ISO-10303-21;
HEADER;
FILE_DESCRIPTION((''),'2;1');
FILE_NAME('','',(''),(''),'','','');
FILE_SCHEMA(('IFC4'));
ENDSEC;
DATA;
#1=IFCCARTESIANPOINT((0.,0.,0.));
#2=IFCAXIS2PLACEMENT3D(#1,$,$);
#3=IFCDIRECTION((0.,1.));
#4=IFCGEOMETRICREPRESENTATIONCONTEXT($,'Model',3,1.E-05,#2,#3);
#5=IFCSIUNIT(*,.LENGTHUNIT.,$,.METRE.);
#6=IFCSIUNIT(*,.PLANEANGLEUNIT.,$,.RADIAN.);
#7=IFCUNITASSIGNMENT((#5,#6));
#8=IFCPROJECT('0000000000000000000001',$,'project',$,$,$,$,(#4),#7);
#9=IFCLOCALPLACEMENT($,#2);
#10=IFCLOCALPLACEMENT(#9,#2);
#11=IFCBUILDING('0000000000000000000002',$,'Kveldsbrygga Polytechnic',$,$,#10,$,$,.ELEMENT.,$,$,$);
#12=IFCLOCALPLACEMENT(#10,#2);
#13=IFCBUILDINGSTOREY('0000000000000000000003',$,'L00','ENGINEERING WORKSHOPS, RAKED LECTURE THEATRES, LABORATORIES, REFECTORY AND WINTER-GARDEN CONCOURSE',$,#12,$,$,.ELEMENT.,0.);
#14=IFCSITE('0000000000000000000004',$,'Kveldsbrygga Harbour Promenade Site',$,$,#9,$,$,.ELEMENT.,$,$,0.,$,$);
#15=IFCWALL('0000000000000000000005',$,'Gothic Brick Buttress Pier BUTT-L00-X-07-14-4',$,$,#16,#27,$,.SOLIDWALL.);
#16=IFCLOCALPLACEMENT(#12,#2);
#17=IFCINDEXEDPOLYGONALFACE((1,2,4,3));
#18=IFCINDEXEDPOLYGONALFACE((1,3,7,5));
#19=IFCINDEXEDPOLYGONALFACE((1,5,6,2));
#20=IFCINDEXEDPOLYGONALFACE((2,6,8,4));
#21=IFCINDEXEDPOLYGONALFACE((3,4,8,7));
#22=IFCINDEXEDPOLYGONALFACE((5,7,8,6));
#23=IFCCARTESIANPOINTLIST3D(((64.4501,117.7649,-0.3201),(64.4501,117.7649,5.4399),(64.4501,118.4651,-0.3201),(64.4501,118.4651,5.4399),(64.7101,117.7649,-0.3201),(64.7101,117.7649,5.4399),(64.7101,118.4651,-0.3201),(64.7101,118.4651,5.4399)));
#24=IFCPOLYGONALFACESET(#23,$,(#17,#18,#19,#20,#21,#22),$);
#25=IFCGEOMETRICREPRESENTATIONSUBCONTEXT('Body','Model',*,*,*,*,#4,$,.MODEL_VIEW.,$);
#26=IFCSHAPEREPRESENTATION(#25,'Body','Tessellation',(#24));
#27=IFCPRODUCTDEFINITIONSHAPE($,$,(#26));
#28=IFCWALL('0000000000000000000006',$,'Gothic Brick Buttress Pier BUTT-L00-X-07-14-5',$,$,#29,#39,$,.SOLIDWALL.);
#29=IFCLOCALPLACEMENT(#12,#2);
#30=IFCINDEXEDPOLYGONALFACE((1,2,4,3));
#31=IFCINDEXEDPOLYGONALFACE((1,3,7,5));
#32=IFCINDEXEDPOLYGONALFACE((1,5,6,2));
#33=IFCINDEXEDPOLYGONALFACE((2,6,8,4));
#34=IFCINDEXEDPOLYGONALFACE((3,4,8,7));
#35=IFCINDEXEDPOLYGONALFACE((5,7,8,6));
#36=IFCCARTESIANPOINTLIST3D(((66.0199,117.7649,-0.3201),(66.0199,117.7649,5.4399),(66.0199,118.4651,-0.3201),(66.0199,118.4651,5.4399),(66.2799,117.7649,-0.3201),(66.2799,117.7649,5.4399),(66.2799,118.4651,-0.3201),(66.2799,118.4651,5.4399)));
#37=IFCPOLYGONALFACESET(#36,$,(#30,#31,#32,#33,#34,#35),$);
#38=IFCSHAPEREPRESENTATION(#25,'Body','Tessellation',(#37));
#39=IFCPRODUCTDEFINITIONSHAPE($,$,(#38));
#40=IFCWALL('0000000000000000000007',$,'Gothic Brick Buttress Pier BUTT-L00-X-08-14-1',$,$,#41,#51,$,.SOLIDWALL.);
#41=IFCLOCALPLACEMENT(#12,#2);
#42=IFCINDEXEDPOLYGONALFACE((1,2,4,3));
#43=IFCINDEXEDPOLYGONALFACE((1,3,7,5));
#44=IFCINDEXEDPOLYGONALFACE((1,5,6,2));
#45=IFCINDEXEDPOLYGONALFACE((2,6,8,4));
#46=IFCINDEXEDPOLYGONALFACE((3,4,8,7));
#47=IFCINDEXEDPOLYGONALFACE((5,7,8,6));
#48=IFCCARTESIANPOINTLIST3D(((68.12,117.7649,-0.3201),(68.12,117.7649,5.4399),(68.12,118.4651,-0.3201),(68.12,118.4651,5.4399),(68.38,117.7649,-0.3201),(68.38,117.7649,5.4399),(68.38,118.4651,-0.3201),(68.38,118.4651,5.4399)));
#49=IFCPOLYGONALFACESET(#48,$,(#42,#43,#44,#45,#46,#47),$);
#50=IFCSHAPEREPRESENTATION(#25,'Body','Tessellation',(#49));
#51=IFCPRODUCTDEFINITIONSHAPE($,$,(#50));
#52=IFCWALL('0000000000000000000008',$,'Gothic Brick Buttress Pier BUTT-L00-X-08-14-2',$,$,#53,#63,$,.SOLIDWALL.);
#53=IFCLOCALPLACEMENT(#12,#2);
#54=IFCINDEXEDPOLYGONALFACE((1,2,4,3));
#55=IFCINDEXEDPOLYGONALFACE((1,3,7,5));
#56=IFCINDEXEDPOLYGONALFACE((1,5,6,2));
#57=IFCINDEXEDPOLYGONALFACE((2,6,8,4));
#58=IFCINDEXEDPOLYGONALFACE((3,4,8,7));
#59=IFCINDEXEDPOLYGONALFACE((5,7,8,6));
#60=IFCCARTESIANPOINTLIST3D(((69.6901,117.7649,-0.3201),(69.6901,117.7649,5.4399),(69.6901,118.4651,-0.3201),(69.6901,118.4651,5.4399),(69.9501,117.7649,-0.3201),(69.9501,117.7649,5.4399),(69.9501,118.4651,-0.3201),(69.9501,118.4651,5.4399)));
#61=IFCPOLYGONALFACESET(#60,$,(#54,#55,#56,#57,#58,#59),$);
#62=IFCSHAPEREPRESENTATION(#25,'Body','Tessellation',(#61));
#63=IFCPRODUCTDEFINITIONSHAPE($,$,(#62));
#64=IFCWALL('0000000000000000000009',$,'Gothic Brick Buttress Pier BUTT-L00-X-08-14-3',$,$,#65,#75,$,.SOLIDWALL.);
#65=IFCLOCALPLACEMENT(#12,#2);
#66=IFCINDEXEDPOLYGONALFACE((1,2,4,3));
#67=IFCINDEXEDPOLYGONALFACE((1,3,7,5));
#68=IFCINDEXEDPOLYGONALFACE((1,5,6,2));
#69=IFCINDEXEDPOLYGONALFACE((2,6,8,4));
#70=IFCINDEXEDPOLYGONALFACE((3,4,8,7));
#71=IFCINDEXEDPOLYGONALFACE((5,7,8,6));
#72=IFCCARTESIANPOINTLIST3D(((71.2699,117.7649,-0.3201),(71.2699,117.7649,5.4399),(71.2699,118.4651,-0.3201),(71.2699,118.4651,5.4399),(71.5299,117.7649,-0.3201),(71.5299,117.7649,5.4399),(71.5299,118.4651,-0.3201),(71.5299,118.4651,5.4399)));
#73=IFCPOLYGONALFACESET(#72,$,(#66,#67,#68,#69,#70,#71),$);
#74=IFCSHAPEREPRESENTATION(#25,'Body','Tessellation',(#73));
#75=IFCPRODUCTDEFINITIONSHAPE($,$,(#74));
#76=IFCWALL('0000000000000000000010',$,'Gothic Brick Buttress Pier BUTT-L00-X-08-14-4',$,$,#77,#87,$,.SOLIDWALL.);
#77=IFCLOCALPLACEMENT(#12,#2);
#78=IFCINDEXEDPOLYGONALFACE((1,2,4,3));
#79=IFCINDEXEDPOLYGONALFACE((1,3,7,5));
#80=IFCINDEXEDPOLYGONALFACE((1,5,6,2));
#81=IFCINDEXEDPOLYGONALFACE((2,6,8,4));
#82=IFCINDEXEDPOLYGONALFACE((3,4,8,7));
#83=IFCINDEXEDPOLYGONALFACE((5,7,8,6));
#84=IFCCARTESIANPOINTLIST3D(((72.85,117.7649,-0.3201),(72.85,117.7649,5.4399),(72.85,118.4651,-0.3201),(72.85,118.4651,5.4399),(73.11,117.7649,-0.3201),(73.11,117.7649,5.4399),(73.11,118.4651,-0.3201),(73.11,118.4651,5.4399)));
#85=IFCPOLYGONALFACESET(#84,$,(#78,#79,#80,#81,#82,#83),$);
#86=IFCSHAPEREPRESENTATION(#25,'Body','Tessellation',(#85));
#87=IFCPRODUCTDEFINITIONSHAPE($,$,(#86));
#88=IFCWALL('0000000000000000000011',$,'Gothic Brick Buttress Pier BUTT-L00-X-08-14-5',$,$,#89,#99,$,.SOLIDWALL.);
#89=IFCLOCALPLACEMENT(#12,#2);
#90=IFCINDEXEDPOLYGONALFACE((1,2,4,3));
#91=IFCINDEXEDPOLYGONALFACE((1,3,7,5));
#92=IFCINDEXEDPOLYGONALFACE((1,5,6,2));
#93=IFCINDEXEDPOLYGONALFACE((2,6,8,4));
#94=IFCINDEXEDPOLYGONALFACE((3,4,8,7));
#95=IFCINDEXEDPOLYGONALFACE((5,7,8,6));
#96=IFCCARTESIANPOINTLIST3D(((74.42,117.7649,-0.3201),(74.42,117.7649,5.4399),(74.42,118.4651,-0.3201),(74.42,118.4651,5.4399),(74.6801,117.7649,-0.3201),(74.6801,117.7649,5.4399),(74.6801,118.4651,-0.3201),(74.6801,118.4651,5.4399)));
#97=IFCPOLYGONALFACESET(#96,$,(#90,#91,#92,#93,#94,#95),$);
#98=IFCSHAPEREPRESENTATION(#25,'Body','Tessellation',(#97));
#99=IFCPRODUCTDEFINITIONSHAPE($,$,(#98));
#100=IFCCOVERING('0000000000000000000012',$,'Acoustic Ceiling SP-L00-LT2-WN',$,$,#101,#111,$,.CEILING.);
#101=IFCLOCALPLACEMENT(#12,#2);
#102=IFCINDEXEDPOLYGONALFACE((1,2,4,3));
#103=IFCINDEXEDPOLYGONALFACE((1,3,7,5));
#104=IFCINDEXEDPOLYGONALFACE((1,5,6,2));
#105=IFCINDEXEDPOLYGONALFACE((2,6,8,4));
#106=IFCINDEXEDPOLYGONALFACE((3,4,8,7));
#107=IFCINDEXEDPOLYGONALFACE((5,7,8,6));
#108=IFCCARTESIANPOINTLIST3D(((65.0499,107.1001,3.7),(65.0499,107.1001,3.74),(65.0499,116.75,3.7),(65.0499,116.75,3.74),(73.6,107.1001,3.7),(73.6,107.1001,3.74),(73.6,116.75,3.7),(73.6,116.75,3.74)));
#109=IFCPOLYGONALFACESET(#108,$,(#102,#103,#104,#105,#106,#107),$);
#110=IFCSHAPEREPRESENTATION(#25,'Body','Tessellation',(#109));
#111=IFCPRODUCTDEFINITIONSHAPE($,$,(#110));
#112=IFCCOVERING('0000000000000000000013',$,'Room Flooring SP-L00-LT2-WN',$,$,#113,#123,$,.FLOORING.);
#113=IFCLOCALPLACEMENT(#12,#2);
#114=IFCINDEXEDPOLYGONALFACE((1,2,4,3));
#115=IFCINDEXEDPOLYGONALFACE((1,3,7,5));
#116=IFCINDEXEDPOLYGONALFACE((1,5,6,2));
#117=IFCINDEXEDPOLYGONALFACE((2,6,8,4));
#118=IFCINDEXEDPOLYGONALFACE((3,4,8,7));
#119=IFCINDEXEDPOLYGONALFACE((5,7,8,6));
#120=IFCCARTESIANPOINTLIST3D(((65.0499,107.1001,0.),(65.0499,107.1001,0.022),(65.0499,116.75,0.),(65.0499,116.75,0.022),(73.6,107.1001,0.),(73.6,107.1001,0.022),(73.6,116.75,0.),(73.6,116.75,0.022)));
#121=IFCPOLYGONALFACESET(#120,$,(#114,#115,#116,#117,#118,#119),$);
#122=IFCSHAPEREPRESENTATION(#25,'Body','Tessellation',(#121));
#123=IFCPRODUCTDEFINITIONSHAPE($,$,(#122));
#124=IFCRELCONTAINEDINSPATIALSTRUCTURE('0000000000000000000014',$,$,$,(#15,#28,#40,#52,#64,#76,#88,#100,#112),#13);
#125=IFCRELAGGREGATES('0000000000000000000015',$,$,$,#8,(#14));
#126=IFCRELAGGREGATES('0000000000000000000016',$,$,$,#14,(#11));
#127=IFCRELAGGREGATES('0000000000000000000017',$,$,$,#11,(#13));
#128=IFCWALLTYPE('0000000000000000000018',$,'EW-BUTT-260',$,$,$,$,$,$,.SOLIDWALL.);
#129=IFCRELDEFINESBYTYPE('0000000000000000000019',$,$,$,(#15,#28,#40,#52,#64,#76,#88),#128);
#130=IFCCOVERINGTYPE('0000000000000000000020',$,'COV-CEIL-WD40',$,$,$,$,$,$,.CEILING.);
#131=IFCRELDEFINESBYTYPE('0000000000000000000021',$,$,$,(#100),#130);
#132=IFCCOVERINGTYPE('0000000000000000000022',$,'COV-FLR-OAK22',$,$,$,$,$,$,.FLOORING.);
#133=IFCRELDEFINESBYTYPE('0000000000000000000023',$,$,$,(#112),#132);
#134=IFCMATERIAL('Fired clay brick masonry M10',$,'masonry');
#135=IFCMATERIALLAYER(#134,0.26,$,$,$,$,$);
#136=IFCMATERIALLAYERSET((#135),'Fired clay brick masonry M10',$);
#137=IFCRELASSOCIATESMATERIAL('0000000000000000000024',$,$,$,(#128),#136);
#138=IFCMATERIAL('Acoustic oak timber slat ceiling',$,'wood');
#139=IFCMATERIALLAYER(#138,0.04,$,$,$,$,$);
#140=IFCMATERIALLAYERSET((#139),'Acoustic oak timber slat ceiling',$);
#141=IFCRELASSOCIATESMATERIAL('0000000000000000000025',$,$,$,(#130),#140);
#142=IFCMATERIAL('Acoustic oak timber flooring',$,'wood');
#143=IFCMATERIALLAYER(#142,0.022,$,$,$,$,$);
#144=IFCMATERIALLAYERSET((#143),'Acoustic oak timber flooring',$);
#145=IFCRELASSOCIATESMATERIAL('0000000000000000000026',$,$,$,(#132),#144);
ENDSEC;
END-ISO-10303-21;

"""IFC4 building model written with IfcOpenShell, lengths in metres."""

from ifc_helpers import new_model, si_unit, direction, frame, frame_2d, origin, origin_2d, place, context, subcontext, project, spatial, rectangle, extrude, material, layer, layer_set, type_object, element, save


model = new_model("IFC4")

# Units and contexts
model_context = context("Model", 3, precision=1e-05, world=origin(), true_north=direction((0.0, 1.0)))
body_context = subcontext(model_context, "Body", "Model", "MODEL_VIEW")
ifc_project = project(units=[si_unit("LENGTHUNIT", "METRE"), si_unit("PLANEANGLEUNIT", "RADIAN")], contexts=[model_context])

# Site, building, storey
site_placement = place(None, origin())
site = spatial("IfcSite", under=ifc_project, at=site_placement, Name="Kveldsbrygga Harbour Promenade Site", CompositionType="ELEMENT", RefElevation=0.0)
building_placement = place(site_placement, origin())
building = spatial("IfcBuilding", under=site, at=building_placement, Name="Kveldsbrygga Polytechnic", CompositionType="ELEMENT")
storey_placement = place(building_placement, origin())
storey = spatial("IfcBuildingStorey", under=building, at=storey_placement, Name="L00", Description="ENGINEERING WORKSHOPS, RAKED LECTURE THEATRES, LABORATORIES, REFECTORY AND WINTER-GARDEN CONCOURSE", CompositionType="ELEMENT", Elevation=0.0)

# Shared definitions
ifc_material_1 = material(Name="Fired clay brick masonry M10", Category="masonry")

# Walls
ifc_layer_1 = layer(ifc_material_1, 0.26)
ifc_layer_set_1 = layer_set([ifc_layer_1], Name="Fired clay brick masonry M10")
wall_type_1 = type_object("IfcWallType", Name="EW-BUTT-260", PredefinedType="SOLIDWALL", material=ifc_layer_set_1)
for number, where, z_axis, x_axis, name in (
    (1, (64.5801, 117.7649, -0.3201), (0.0, 0.0, 1.0), (0.0, 1.0, 0.0), "Gothic Brick Buttress Pier BUTT-L00-X-07-14-4"),
    (2, (66.1499, 117.7649, -0.3201), (0.0, 0.0, 1.0), (0.0, 1.0, 0.0), "Gothic Brick Buttress Pier BUTT-L00-X-07-14-5"),
    (3, (68.25, 117.7649, -0.3201), (0.0, 0.0, 1.0), (0.0, 1.0, 0.0), "Gothic Brick Buttress Pier BUTT-L00-X-08-14-1"),
    (4, (69.8201, 117.7649, -0.3201), (0.0, 0.0, 1.0), (0.0, 1.0, 0.0), "Gothic Brick Buttress Pier BUTT-L00-X-08-14-2"),
    (5, (71.3999, 117.7649, -0.3201), (0.0, 0.0, 1.0), (0.0, 1.0, 0.0), "Gothic Brick Buttress Pier BUTT-L00-X-08-14-3"),
    (6, (72.98, 117.7649, -0.3201), (0.0, 0.0, 1.0), (0.0, 1.0, 0.0), "Gothic Brick Buttress Pier BUTT-L00-X-08-14-4"),
    (7, (74.55, 117.7649, -0.3201), (0.0, 0.0, 1.0), (0.0, 1.0, 0.0), "Gothic Brick Buttress Pier BUTT-L00-X-08-14-5"),
):
    element("IfcWall", number, at=place(storey_placement, frame(where, z_axis=z_axis, x_axis=x_axis)), inside=storey, type_object=wall_type_1, Name=name, PredefinedType="SOLIDWALL", context=body_context, shape_type="SweptSolid", body=[
        extrude(rectangle(XDim=0.7002, YDim=0.26, at=frame_2d((0.3501, 0.0))), origin(), (0.0, 0.0, 1.0), 5.76),
    ])

# Coverings
ifc_material_2 = material(Name="Acoustic oak timber slat ceiling", Category="wood")
ifc_layer_2 = layer(ifc_material_2, 0.04)
ifc_layer_set_2 = layer_set([ifc_layer_2], Name="Acoustic oak timber slat ceiling")
covering_type_1 = type_object("IfcCoveringType", Name="COV-CEIL-WD40", PredefinedType="CEILING", material=ifc_layer_set_2)
covering_1_placement = place(storey_placement, frame((69.325, 111.925, 3.7), z_axis=(0.0, 0.0, 1.0), x_axis=(1.0, 0.0, 0.0)))
element("IfcCovering", 8, at=covering_1_placement, inside=storey, type_object=covering_type_1, Name="Acoustic Ceiling SP-L00-LT2-WN", PredefinedType="CEILING", context=body_context, shape_type="SweptSolid", body=[
    extrude(rectangle(XDim=8.55, YDim=9.6499, at=origin_2d()), origin(), (0.0, 0.0, 1.0), 0.04),
])
ifc_material_3 = material(Name="Acoustic oak timber flooring", Category="wood")
ifc_layer_3 = layer(ifc_material_3, 0.022)
ifc_layer_set_3 = layer_set([ifc_layer_3], Name="Acoustic oak timber flooring")
covering_type_2 = type_object("IfcCoveringType", Name="COV-FLR-OAK22", PredefinedType="FLOORING", material=ifc_layer_set_3)
covering_2_placement = place(storey_placement, frame((69.325, 111.925, 0.0), z_axis=(0.0, 0.0, 1.0), x_axis=(1.0, 0.0, 0.0)))
element("IfcCovering", 9, at=covering_2_placement, inside=storey, type_object=covering_type_2, Name="Room Flooring SP-L00-LT2-WN", PredefinedType="FLOORING", context=body_context, shape_type="SweptSolid", body=[
    extrude(rectangle(XDim=8.55, YDim=9.6499, at=origin_2d()), origin(), (0.0, 0.0, 1.0), 0.022),
])

save(model, "model.ifc")
